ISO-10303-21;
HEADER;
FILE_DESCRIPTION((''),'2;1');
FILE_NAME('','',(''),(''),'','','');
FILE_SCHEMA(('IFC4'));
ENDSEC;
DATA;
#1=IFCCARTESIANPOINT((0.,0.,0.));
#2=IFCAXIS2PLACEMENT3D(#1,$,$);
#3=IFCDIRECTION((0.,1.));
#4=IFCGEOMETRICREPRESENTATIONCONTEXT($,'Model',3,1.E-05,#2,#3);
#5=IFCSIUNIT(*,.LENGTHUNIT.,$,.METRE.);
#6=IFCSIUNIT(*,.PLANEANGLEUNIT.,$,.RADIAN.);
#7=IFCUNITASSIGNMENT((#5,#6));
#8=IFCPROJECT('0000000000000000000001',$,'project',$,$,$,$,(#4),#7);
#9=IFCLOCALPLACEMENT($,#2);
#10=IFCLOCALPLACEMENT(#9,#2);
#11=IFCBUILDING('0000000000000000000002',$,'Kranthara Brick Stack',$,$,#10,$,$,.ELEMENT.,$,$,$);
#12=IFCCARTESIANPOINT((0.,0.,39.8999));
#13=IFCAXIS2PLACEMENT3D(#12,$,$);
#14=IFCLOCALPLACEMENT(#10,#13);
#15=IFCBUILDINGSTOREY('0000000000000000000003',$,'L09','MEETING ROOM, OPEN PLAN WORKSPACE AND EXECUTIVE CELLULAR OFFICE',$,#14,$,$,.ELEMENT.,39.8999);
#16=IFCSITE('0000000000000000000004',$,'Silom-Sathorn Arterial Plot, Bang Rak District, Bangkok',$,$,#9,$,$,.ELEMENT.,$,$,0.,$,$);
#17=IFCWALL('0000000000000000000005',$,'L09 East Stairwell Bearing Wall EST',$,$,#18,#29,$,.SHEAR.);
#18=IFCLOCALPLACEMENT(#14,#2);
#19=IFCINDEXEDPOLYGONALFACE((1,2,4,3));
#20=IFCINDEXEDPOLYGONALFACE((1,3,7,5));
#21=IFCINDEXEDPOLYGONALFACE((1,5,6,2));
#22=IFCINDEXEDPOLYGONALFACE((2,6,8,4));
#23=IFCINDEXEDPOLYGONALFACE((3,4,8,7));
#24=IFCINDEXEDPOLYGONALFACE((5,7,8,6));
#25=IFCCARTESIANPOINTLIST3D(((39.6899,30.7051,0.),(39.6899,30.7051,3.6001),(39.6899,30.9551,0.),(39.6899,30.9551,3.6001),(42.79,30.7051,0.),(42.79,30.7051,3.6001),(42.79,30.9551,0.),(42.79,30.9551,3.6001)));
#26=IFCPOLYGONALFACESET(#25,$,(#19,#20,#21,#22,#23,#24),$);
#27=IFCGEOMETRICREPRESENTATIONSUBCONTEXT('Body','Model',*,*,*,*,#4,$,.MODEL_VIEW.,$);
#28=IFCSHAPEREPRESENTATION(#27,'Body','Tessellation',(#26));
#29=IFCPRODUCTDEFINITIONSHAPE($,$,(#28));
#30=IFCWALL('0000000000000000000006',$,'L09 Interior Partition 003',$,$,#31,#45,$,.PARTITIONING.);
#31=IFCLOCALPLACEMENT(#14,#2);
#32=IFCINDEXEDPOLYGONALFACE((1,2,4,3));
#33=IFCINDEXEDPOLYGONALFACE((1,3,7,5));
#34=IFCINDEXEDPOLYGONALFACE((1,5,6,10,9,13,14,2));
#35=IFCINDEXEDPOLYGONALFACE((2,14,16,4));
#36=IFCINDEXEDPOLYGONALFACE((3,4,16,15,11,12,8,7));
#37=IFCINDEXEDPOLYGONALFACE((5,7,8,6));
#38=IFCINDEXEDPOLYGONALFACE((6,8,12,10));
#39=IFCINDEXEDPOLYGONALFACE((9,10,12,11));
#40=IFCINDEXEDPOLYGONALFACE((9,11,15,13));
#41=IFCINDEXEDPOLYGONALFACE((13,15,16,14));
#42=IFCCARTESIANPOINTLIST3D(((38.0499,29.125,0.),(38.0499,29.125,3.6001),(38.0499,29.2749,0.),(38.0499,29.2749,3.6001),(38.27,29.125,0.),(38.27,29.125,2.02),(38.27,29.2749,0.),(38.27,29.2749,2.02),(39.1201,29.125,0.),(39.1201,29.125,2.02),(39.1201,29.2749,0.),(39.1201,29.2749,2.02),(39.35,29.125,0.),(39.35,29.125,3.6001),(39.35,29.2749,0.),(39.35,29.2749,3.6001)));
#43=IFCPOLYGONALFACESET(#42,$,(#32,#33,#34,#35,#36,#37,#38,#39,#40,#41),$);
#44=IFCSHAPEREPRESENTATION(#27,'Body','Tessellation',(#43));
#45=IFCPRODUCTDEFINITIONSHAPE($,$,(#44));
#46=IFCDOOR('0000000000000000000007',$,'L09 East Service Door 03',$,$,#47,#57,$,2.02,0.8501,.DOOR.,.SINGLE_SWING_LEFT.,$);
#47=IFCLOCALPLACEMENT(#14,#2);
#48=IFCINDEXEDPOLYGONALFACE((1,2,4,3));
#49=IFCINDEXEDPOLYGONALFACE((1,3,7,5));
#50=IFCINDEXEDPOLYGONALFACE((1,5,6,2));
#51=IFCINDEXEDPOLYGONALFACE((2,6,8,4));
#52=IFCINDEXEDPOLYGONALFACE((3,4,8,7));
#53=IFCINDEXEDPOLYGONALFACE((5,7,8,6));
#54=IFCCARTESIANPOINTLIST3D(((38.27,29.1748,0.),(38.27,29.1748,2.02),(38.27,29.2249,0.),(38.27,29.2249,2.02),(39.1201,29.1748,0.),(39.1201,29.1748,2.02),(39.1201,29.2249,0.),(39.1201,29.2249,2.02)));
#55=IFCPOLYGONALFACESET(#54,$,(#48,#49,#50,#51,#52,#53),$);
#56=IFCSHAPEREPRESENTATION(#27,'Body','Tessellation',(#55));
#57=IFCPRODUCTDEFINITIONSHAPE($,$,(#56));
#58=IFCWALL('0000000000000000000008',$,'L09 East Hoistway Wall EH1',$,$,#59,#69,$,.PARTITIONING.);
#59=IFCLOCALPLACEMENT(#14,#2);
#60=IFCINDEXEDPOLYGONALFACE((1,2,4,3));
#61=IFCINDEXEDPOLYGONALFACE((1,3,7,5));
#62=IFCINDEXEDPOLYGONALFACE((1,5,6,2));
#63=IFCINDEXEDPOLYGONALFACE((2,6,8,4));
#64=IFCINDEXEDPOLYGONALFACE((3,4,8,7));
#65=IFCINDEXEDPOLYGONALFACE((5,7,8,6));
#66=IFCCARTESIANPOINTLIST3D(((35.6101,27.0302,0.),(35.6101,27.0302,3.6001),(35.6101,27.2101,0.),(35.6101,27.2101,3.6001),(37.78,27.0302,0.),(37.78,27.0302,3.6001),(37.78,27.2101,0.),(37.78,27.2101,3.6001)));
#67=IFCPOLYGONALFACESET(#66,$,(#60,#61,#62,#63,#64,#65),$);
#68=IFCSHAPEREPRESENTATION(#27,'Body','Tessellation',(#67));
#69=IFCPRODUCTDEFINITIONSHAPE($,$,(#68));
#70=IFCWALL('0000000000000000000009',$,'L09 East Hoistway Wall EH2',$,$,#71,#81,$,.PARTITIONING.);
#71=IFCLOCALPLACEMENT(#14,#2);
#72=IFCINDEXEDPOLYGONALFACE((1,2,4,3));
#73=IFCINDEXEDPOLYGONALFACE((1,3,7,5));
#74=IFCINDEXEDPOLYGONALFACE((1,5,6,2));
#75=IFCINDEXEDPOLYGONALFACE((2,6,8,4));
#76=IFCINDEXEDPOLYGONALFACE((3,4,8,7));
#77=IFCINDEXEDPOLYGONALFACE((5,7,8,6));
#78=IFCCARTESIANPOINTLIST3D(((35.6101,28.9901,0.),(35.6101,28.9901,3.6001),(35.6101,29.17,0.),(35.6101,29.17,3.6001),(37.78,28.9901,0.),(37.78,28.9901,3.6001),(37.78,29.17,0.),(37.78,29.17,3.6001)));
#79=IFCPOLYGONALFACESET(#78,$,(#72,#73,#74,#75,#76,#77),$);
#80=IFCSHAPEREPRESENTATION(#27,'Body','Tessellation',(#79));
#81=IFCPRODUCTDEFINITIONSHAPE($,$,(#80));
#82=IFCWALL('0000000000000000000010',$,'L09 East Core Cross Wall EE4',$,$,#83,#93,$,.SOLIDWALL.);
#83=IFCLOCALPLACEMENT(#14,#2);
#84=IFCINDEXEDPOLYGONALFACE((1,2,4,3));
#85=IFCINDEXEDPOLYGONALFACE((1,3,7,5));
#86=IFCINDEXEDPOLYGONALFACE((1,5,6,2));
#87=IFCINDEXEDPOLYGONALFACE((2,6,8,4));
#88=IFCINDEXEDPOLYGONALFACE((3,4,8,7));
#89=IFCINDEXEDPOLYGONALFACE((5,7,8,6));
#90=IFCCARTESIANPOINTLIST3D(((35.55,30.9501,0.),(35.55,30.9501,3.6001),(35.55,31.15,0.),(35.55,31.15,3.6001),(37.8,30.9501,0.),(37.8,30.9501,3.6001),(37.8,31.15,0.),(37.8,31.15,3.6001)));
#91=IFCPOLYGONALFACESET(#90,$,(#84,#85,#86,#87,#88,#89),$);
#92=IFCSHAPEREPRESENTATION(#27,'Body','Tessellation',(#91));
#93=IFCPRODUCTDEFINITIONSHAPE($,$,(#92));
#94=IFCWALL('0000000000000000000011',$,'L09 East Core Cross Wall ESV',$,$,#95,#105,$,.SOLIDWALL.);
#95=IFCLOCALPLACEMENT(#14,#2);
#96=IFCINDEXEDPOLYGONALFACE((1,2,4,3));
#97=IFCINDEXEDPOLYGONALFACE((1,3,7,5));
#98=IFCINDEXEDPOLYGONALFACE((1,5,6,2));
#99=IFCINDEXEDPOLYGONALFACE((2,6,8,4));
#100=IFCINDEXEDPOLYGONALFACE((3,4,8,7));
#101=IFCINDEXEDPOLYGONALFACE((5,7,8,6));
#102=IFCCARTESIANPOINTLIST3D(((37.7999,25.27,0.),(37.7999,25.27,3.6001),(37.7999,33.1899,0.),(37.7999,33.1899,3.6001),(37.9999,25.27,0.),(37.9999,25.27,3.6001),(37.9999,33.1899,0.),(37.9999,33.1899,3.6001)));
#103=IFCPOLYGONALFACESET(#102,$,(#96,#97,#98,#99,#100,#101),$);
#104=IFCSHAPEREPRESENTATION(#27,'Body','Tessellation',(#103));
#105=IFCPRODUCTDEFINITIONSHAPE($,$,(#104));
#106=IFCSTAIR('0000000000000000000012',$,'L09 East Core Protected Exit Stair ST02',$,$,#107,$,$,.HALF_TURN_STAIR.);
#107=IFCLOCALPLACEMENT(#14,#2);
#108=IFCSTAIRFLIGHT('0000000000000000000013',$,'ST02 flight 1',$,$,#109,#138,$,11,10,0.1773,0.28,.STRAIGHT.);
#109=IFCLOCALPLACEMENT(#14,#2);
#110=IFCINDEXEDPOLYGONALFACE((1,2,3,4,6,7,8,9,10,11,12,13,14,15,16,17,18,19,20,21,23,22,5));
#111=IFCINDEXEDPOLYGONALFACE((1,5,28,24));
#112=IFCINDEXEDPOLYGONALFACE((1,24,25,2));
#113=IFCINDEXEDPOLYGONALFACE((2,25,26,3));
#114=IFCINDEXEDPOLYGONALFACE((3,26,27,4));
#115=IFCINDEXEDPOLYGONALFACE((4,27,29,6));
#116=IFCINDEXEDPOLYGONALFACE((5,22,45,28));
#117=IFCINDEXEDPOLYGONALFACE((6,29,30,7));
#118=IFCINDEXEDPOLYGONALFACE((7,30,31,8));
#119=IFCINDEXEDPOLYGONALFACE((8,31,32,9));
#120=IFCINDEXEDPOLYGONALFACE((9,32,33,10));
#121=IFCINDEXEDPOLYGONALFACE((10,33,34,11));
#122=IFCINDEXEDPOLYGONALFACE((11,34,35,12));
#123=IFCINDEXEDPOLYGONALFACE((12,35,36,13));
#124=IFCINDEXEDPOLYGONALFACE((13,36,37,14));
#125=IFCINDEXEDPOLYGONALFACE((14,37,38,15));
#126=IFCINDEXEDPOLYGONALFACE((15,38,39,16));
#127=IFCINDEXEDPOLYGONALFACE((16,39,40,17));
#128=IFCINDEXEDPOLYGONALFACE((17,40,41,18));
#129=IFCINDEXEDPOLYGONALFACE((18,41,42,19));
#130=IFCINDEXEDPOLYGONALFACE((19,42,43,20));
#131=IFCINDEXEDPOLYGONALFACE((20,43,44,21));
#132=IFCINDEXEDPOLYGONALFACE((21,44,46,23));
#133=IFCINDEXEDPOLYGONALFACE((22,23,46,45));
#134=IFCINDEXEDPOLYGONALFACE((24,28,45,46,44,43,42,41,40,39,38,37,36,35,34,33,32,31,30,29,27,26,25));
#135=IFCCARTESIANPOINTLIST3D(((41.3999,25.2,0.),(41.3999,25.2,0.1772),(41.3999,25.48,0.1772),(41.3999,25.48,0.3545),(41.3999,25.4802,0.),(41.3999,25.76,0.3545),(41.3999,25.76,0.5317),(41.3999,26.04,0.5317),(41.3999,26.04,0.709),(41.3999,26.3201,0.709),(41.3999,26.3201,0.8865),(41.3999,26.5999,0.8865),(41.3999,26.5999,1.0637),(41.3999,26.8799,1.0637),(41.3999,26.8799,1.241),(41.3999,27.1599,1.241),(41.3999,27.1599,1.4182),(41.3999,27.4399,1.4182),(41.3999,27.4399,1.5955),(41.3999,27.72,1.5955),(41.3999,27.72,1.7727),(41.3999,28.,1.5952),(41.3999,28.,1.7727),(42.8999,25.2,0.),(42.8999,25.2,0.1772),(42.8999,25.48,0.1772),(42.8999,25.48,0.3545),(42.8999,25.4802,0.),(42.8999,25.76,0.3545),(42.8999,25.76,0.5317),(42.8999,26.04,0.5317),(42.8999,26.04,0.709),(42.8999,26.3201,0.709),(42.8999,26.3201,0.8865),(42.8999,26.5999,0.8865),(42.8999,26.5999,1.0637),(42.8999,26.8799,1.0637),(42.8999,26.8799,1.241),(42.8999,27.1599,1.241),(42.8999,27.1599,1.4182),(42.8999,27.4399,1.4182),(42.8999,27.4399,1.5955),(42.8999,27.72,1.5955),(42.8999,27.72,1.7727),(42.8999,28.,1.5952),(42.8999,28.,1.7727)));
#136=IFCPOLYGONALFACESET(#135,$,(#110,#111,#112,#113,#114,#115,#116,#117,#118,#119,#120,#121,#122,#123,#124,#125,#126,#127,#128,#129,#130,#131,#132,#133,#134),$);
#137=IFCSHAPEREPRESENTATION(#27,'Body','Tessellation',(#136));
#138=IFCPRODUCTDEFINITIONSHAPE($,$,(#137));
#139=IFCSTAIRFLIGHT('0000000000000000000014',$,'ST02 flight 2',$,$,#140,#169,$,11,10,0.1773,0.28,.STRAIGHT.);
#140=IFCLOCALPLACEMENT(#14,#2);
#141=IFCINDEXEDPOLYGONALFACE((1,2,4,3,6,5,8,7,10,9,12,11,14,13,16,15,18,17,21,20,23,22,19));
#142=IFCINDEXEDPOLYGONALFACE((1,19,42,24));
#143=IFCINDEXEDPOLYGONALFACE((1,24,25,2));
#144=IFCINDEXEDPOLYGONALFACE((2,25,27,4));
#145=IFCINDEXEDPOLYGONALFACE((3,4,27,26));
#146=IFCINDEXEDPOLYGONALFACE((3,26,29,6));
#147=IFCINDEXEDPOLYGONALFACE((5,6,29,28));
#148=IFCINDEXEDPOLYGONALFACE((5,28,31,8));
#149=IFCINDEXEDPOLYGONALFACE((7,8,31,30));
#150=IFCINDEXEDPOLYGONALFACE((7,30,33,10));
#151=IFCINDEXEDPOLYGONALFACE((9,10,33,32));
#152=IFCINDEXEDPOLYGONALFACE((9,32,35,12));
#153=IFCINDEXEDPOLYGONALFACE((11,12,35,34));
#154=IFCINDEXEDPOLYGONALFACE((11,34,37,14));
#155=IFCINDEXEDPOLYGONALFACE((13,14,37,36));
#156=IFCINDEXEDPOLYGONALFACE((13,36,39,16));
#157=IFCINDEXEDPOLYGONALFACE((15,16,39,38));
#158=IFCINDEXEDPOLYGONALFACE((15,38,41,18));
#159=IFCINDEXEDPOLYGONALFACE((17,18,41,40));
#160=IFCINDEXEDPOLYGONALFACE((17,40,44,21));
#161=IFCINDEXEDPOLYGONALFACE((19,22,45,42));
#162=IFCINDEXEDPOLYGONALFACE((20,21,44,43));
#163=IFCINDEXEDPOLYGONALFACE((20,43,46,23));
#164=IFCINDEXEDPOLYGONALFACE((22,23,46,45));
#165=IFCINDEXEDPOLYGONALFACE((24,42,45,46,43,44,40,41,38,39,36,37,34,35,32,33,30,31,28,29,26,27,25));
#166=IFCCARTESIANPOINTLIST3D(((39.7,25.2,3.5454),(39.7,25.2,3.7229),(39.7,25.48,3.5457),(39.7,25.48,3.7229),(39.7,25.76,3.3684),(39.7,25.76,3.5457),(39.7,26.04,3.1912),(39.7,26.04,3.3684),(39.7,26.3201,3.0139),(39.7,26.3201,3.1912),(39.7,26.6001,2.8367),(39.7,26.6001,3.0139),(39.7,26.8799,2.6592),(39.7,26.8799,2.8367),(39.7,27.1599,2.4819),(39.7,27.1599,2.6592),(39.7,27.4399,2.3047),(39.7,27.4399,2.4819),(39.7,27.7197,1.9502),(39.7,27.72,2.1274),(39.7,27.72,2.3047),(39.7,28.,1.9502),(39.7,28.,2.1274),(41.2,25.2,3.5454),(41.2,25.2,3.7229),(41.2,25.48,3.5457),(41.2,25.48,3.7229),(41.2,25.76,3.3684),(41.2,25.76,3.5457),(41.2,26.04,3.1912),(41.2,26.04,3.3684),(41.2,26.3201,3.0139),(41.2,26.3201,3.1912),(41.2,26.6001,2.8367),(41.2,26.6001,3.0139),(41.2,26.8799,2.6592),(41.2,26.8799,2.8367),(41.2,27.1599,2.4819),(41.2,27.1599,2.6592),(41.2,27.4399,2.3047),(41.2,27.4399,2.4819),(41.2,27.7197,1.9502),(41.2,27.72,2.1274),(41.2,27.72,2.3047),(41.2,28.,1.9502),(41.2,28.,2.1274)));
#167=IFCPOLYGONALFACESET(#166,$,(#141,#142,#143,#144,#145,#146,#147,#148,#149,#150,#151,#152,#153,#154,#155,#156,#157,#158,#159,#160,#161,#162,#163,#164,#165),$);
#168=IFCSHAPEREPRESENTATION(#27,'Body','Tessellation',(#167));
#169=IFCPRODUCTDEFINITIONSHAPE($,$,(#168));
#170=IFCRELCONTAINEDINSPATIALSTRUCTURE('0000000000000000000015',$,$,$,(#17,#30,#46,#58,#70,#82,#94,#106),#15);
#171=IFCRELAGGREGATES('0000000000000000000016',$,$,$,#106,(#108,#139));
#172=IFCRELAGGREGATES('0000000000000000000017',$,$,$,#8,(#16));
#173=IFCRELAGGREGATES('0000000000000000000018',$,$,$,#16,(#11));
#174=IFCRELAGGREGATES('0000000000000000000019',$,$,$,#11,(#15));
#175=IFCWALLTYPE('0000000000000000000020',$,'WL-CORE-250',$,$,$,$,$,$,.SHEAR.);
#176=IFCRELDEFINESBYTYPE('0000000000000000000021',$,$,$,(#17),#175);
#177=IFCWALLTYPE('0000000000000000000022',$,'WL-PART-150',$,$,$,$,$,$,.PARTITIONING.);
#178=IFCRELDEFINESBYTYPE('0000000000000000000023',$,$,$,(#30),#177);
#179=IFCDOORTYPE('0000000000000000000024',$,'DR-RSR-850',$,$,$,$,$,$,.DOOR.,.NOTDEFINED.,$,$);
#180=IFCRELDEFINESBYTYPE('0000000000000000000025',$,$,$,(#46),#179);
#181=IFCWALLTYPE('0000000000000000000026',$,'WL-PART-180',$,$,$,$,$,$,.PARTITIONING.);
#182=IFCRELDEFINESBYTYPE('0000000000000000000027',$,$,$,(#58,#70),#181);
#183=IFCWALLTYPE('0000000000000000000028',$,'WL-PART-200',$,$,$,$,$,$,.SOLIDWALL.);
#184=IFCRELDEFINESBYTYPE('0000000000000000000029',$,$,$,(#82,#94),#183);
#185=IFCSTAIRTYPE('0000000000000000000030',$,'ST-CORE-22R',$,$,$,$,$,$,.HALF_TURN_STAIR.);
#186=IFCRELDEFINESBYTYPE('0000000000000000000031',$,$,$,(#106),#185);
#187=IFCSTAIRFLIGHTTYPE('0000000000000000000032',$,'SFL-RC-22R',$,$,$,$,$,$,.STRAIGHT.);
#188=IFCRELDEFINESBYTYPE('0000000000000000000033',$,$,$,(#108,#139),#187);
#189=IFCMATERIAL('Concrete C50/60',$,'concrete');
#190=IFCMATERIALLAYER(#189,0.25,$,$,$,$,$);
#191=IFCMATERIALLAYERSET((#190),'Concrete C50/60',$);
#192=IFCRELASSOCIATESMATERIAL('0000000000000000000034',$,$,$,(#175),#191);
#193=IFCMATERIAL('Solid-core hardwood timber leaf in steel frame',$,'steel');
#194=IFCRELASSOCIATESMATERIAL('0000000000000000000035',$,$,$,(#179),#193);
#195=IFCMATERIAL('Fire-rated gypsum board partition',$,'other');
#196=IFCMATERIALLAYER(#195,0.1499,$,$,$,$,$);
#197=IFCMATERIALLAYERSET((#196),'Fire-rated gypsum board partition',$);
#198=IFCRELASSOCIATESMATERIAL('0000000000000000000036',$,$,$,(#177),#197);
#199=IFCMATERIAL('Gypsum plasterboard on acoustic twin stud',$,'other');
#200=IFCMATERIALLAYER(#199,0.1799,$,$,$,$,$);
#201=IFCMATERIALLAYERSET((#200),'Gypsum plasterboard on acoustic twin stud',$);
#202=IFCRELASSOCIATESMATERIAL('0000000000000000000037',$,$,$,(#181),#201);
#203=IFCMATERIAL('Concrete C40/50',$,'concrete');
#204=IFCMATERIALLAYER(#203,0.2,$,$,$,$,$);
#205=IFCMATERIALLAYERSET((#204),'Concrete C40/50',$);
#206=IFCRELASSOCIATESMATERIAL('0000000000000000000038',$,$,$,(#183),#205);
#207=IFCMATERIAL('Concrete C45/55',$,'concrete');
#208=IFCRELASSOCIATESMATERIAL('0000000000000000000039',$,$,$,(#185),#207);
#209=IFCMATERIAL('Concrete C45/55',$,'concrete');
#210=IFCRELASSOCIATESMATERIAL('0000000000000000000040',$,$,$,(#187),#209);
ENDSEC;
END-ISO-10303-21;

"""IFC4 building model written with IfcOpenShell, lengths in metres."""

from ifc_helpers import new_model, si_unit, direction, frame, frame_2d, origin, place, context, subcontext, project, spatial, polyline, rectangle, outline, extrude, material, layer, layer_set, type_object, element, fill, aggregate, save


model = new_model("IFC4")

# Units and contexts
model_context = context("Model", 3, precision=1e-05, world=origin(), true_north=direction((0.0, 1.0)))
body_context = subcontext(model_context, "Body", "Model", "MODEL_VIEW")
ifc_project = project(units=[si_unit("LENGTHUNIT", "METRE"), si_unit("PLANEANGLEUNIT", "RADIAN")], contexts=[model_context])

# Site, building, storey
site_placement = place(None, origin())
site = spatial("IfcSite", under=ifc_project, at=site_placement, Name="Silom-Sathorn Arterial Plot, Bang Rak District, Bangkok", CompositionType="ELEMENT", RefElevation=0.0)
building_placement = place(site_placement, origin())
building = spatial("IfcBuilding", under=site, at=building_placement, Name="Kranthara Brick Stack", CompositionType="ELEMENT")
storey_placement = place(building_placement, frame((0.0, 0.0, 39.8999)))
storey = spatial("IfcBuildingStorey", under=building, at=storey_placement, Name="L09", Description="MEETING ROOM, OPEN PLAN WORKSPACE AND EXECUTIVE CELLULAR OFFICE", CompositionType="ELEMENT", Elevation=39.8999)

# Wall
ifc_material_1 = material(Name="Concrete C50/60", Category="concrete")
ifc_layer_1 = layer(ifc_material_1, 0.25)
ifc_layer_set_1 = layer_set([ifc_layer_1], Name="Concrete C50/60")
wall_type_1 = type_object("IfcWallType", Name="WL-CORE-250", PredefinedType="SHEAR", material=ifc_layer_set_1)
wall_1_placement = place(storey_placement, frame((39.6899, 30.8301, 0.0), z_axis=(0.0, 0.0, 1.0), x_axis=(1.0, 0.0, 0.0)))
element("IfcWall", 1, at=wall_1_placement, inside=storey, type_object=wall_type_1, Name="L09 East Stairwell Bearing Wall EST", PredefinedType="SHEAR", context=body_context, shape_type="SweptSolid", body=[
    extrude(rectangle(XDim=3.1001, YDim=0.25, at=frame_2d((1.55, 0.0))), origin(), (0.0, 0.0, 1.0), 3.6001),
])

# Shared definitions
ifc_material_2 = material(Name="Solid-core hardwood timber leaf in steel frame", Category="steel")
door_type_1 = type_object("IfcDoorType", Name="DR-RSR-850", OperationType="NOTDEFINED", PredefinedType="DOOR", material=ifc_material_2)

# Wall, opening, door
ifc_material_3 = material(Name="Fire-rated gypsum board partition", Category="other")
ifc_layer_2 = layer(ifc_material_3, 0.1499)
ifc_layer_set_2 = layer_set([ifc_layer_2], Name="Fire-rated gypsum board partition")
wall_type_2 = type_object("IfcWallType", Name="WL-PART-150", PredefinedType="PARTITIONING", material=ifc_layer_set_2)
wall_2_placement = place(storey_placement, frame((38.05, 29.2, 0.0), z_axis=(0.0, 0.0, 1.0), x_axis=(1.0, 0.0, 0.0)))
wall_2 = element("IfcWall", 2, at=wall_2_placement, inside=storey, type_object=wall_type_2, Name="L09 Interior Partition 003", PredefinedType="PARTITIONING", context=body_context, shape_type="SweptSolid", body=[
    extrude(rectangle(XDim=1.3, YDim=0.1499, at=frame_2d((0.6499, 0.0))), origin(), (0.0, 0.0, 1.0), 3.6001),
])
opening_1_placement = place(wall_2_placement, frame((0.22, 0.0, 0.0)))
opening_1 = element("IfcOpeningElement", 3, at=opening_1_placement, cuts=wall_2, PredefinedType="OPENING", context=body_context, shape_type="SweptSolid", body=[
    extrude(rectangle(XDim=0.8501, YDim=2.02, at=frame_2d((0.425, 1.01))), frame((0.0, 0.085, 0.0), z_axis=(0.0, -1.0, 0.0), x_axis=(1.0, 0.0, 0.0)), (0.0, 0.0, 1.0), 0.1699),
])
door_1_placement = place(opening_1_placement, origin())
door_1 = element("IfcDoor", 4, at=door_1_placement, inside=storey, type_object=door_type_1, Name="L09 East Service Door 03", OperationType="SINGLE_SWING_LEFT", OverallHeight=2.02, OverallWidth=0.8501, PredefinedType="DOOR", context=body_context, shape_type="SweptSolid", body=[
    extrude(rectangle(XDim=0.8501, YDim=2.02, at=frame_2d((0.425, 1.01))), frame((0.0, 0.0249, 0.0), z_axis=(0.0, -1.0, 0.0), x_axis=(1.0, 0.0, 0.0)), (0.0, 0.0, 1.0), 0.05),
])
fill(opening_1, door_1)

# Walls
ifc_material_4 = material(Name="Gypsum plasterboard on acoustic twin stud", Category="other")
ifc_layer_3 = layer(ifc_material_4, 0.1799)
ifc_layer_set_3 = layer_set([ifc_layer_3], Name="Gypsum plasterboard on acoustic twin stud")
wall_type_3 = type_object("IfcWallType", Name="WL-PART-180", PredefinedType="PARTITIONING", material=ifc_layer_set_3)
for number, where, z_axis, x_axis, name in (
    (5, (35.6101, 27.1201, 0.0), (0.0, 0.0, 1.0), (1.0, 0.0, 0.0), "L09 East Hoistway Wall EH1"),
    (6, (35.6101, 29.0801, 0.0), (0.0, 0.0, 1.0), (1.0, 0.0, 0.0), "L09 East Hoistway Wall EH2"),
):
    element("IfcWall", number, at=place(storey_placement, frame(where, z_axis=z_axis, x_axis=x_axis)), inside=storey, type_object=wall_type_3, Name=name, PredefinedType="PARTITIONING", context=body_context, shape_type="SweptSolid", body=[
        extrude(rectangle(XDim=2.1699, YDim=0.1799, at=frame_2d((1.085, 0.0))), origin(), (0.0, 0.0, 1.0), 3.6001),
    ])
ifc_material_5 = material(Name="Concrete C40/50", Category="concrete")
ifc_layer_4 = layer(ifc_material_5, 0.2)
ifc_layer_set_4 = layer_set([ifc_layer_4], Name="Concrete C40/50")
wall_type_4 = type_object("IfcWallType", Name="WL-PART-200", PredefinedType="SOLIDWALL", material=ifc_layer_set_4)
wall_3_placement = place(storey_placement, frame((35.55, 31.05, 0.0), z_axis=(0.0, 0.0, 1.0), x_axis=(1.0, 0.0, 0.0)))
element("IfcWall", 7, at=wall_3_placement, inside=storey, type_object=wall_type_4, Name="L09 East Core Cross Wall EE4", PredefinedType="SOLIDWALL", context=body_context, shape_type="SweptSolid", body=[
    extrude(rectangle(XDim=2.25, YDim=0.2, at=frame_2d((1.125, 0.0))), origin(), (0.0, 0.0, 1.0), 3.6001),
])
wall_4_placement = place(storey_placement, frame((37.8999, 25.27, 0.0), z_axis=(0.0, 0.0, 1.0), x_axis=(0.0, 1.0, 0.0)))
element("IfcWall", 8, at=wall_4_placement, inside=storey, type_object=wall_type_4, Name="L09 East Core Cross Wall ESV", PredefinedType="SOLIDWALL", context=body_context, shape_type="SweptSolid", body=[
    extrude(rectangle(XDim=7.9199, YDim=0.2, at=frame_2d((3.96, 0.0))), origin(), (0.0, 0.0, 1.0), 3.6001),
])

# Stair, stair flights
ifc_material_6 = material(Name="Concrete C45/55", Category="concrete")
stair_type = type_object("IfcStairType", Name="ST-CORE-22R", PredefinedType="HALF_TURN_STAIR", material=ifc_material_6)
stair_placement = place(storey_placement, origin())
stair = element("IfcStair", 9, at=stair_placement, inside=storey, type_object=stair_type, Name="L09 East Core Protected Exit Stair ST02", PredefinedType="HALF_TURN_STAIR")
ifc_material_7 = material(Name="Concrete C45/55", Category="concrete")
stair_flight_type = type_object("IfcStairFlightType", Name="SFL-RC-22R", PredefinedType="STRAIGHT", material=ifc_material_7)
stair_flight_1_placement = place(storey_placement, frame((42.1499, 25.2, 0.0), z_axis=(0.0, 0.0, 1.0), x_axis=(0.0, 1.0, 0.0)))
stair_flight_1 = element("IfcStairFlight", 10, at=stair_flight_1_placement, type_object=stair_flight_type, Name="ST02 flight 1", NumberOfRisers=11, NumberOfTreads=10, PredefinedType="STRAIGHT", RiserHeight=0.1773, TreadLength=0.28, context=body_context, shape_type="SweptSolid", body=[
    extrude(outline(polyline([(0.0, 0.0), (0.0, 0.1772), (0.28, 0.1772), (0.28, 0.3545), (0.5601, 0.3545), (0.5601, 0.5317), (0.8401, 0.5317), (0.8401, 0.709), (1.1201, 0.709), (1.1201, 0.8865), (1.3999, 0.8865), (1.3999, 1.0637), (1.6799, 1.0637), (1.6799, 1.241), (1.96, 1.241), (1.96, 1.4182), (2.24, 1.4182), (2.24, 1.5955), (2.52, 1.5955), (2.52, 1.7727), (2.8, 1.7727), (2.8, 1.95), (2.8, 1.5952), (0.2803, 0.0), (0.0, 0.0)])), frame((0.0, 0.75, 0.0), z_axis=(0.0, -1.0, 0.0), x_axis=(1.0, 0.0, 0.0)), (0.0, 0.0, 1.0), 1.5),
])
stair_flight_2_placement = place(storey_placement, frame((40.45, 28.0, 1.9502), z_axis=(0.0, 0.0, 1.0), x_axis=(0.0, -1.0, 0.0)))
stair_flight_2 = element("IfcStairFlight", 11, at=stair_flight_2_placement, type_object=stair_flight_type, Name="ST02 flight 2", NumberOfRisers=11, NumberOfTreads=10, PredefinedType="STRAIGHT", RiserHeight=0.1773, TreadLength=0.28, context=body_context, shape_type="SweptSolid", body=[
    extrude(outline(polyline([(0.0, 0.0), (0.0, 0.1772), (0.28, 0.1772), (0.28, 0.3545), (0.5601, 0.3545), (0.5601, 0.5317), (0.8401, 0.5317), (0.8401, 0.709), (1.1201, 0.709), (1.1201, 0.8865), (1.3999, 0.8865), (1.3999, 1.0637), (1.6799, 1.0637), (1.6799, 1.241), (1.96, 1.241), (1.96, 1.4182), (2.24, 1.4182), (2.24, 1.5955), (2.52, 1.5955), (2.52, 1.7727), (2.8, 1.7727), (2.8, 1.95), (2.8, 1.5952), (0.2803, 0.0), (0.0, 0.0)])), frame((0.0, 0.75, 0.0), z_axis=(0.0, -1.0, 0.0), x_axis=(1.0, 0.0, 0.0)), (0.0, 0.0, 1.0), 1.5),
])
aggregate(stair, [stair_flight_1, stair_flight_2])

save(model, "model.ifc")
